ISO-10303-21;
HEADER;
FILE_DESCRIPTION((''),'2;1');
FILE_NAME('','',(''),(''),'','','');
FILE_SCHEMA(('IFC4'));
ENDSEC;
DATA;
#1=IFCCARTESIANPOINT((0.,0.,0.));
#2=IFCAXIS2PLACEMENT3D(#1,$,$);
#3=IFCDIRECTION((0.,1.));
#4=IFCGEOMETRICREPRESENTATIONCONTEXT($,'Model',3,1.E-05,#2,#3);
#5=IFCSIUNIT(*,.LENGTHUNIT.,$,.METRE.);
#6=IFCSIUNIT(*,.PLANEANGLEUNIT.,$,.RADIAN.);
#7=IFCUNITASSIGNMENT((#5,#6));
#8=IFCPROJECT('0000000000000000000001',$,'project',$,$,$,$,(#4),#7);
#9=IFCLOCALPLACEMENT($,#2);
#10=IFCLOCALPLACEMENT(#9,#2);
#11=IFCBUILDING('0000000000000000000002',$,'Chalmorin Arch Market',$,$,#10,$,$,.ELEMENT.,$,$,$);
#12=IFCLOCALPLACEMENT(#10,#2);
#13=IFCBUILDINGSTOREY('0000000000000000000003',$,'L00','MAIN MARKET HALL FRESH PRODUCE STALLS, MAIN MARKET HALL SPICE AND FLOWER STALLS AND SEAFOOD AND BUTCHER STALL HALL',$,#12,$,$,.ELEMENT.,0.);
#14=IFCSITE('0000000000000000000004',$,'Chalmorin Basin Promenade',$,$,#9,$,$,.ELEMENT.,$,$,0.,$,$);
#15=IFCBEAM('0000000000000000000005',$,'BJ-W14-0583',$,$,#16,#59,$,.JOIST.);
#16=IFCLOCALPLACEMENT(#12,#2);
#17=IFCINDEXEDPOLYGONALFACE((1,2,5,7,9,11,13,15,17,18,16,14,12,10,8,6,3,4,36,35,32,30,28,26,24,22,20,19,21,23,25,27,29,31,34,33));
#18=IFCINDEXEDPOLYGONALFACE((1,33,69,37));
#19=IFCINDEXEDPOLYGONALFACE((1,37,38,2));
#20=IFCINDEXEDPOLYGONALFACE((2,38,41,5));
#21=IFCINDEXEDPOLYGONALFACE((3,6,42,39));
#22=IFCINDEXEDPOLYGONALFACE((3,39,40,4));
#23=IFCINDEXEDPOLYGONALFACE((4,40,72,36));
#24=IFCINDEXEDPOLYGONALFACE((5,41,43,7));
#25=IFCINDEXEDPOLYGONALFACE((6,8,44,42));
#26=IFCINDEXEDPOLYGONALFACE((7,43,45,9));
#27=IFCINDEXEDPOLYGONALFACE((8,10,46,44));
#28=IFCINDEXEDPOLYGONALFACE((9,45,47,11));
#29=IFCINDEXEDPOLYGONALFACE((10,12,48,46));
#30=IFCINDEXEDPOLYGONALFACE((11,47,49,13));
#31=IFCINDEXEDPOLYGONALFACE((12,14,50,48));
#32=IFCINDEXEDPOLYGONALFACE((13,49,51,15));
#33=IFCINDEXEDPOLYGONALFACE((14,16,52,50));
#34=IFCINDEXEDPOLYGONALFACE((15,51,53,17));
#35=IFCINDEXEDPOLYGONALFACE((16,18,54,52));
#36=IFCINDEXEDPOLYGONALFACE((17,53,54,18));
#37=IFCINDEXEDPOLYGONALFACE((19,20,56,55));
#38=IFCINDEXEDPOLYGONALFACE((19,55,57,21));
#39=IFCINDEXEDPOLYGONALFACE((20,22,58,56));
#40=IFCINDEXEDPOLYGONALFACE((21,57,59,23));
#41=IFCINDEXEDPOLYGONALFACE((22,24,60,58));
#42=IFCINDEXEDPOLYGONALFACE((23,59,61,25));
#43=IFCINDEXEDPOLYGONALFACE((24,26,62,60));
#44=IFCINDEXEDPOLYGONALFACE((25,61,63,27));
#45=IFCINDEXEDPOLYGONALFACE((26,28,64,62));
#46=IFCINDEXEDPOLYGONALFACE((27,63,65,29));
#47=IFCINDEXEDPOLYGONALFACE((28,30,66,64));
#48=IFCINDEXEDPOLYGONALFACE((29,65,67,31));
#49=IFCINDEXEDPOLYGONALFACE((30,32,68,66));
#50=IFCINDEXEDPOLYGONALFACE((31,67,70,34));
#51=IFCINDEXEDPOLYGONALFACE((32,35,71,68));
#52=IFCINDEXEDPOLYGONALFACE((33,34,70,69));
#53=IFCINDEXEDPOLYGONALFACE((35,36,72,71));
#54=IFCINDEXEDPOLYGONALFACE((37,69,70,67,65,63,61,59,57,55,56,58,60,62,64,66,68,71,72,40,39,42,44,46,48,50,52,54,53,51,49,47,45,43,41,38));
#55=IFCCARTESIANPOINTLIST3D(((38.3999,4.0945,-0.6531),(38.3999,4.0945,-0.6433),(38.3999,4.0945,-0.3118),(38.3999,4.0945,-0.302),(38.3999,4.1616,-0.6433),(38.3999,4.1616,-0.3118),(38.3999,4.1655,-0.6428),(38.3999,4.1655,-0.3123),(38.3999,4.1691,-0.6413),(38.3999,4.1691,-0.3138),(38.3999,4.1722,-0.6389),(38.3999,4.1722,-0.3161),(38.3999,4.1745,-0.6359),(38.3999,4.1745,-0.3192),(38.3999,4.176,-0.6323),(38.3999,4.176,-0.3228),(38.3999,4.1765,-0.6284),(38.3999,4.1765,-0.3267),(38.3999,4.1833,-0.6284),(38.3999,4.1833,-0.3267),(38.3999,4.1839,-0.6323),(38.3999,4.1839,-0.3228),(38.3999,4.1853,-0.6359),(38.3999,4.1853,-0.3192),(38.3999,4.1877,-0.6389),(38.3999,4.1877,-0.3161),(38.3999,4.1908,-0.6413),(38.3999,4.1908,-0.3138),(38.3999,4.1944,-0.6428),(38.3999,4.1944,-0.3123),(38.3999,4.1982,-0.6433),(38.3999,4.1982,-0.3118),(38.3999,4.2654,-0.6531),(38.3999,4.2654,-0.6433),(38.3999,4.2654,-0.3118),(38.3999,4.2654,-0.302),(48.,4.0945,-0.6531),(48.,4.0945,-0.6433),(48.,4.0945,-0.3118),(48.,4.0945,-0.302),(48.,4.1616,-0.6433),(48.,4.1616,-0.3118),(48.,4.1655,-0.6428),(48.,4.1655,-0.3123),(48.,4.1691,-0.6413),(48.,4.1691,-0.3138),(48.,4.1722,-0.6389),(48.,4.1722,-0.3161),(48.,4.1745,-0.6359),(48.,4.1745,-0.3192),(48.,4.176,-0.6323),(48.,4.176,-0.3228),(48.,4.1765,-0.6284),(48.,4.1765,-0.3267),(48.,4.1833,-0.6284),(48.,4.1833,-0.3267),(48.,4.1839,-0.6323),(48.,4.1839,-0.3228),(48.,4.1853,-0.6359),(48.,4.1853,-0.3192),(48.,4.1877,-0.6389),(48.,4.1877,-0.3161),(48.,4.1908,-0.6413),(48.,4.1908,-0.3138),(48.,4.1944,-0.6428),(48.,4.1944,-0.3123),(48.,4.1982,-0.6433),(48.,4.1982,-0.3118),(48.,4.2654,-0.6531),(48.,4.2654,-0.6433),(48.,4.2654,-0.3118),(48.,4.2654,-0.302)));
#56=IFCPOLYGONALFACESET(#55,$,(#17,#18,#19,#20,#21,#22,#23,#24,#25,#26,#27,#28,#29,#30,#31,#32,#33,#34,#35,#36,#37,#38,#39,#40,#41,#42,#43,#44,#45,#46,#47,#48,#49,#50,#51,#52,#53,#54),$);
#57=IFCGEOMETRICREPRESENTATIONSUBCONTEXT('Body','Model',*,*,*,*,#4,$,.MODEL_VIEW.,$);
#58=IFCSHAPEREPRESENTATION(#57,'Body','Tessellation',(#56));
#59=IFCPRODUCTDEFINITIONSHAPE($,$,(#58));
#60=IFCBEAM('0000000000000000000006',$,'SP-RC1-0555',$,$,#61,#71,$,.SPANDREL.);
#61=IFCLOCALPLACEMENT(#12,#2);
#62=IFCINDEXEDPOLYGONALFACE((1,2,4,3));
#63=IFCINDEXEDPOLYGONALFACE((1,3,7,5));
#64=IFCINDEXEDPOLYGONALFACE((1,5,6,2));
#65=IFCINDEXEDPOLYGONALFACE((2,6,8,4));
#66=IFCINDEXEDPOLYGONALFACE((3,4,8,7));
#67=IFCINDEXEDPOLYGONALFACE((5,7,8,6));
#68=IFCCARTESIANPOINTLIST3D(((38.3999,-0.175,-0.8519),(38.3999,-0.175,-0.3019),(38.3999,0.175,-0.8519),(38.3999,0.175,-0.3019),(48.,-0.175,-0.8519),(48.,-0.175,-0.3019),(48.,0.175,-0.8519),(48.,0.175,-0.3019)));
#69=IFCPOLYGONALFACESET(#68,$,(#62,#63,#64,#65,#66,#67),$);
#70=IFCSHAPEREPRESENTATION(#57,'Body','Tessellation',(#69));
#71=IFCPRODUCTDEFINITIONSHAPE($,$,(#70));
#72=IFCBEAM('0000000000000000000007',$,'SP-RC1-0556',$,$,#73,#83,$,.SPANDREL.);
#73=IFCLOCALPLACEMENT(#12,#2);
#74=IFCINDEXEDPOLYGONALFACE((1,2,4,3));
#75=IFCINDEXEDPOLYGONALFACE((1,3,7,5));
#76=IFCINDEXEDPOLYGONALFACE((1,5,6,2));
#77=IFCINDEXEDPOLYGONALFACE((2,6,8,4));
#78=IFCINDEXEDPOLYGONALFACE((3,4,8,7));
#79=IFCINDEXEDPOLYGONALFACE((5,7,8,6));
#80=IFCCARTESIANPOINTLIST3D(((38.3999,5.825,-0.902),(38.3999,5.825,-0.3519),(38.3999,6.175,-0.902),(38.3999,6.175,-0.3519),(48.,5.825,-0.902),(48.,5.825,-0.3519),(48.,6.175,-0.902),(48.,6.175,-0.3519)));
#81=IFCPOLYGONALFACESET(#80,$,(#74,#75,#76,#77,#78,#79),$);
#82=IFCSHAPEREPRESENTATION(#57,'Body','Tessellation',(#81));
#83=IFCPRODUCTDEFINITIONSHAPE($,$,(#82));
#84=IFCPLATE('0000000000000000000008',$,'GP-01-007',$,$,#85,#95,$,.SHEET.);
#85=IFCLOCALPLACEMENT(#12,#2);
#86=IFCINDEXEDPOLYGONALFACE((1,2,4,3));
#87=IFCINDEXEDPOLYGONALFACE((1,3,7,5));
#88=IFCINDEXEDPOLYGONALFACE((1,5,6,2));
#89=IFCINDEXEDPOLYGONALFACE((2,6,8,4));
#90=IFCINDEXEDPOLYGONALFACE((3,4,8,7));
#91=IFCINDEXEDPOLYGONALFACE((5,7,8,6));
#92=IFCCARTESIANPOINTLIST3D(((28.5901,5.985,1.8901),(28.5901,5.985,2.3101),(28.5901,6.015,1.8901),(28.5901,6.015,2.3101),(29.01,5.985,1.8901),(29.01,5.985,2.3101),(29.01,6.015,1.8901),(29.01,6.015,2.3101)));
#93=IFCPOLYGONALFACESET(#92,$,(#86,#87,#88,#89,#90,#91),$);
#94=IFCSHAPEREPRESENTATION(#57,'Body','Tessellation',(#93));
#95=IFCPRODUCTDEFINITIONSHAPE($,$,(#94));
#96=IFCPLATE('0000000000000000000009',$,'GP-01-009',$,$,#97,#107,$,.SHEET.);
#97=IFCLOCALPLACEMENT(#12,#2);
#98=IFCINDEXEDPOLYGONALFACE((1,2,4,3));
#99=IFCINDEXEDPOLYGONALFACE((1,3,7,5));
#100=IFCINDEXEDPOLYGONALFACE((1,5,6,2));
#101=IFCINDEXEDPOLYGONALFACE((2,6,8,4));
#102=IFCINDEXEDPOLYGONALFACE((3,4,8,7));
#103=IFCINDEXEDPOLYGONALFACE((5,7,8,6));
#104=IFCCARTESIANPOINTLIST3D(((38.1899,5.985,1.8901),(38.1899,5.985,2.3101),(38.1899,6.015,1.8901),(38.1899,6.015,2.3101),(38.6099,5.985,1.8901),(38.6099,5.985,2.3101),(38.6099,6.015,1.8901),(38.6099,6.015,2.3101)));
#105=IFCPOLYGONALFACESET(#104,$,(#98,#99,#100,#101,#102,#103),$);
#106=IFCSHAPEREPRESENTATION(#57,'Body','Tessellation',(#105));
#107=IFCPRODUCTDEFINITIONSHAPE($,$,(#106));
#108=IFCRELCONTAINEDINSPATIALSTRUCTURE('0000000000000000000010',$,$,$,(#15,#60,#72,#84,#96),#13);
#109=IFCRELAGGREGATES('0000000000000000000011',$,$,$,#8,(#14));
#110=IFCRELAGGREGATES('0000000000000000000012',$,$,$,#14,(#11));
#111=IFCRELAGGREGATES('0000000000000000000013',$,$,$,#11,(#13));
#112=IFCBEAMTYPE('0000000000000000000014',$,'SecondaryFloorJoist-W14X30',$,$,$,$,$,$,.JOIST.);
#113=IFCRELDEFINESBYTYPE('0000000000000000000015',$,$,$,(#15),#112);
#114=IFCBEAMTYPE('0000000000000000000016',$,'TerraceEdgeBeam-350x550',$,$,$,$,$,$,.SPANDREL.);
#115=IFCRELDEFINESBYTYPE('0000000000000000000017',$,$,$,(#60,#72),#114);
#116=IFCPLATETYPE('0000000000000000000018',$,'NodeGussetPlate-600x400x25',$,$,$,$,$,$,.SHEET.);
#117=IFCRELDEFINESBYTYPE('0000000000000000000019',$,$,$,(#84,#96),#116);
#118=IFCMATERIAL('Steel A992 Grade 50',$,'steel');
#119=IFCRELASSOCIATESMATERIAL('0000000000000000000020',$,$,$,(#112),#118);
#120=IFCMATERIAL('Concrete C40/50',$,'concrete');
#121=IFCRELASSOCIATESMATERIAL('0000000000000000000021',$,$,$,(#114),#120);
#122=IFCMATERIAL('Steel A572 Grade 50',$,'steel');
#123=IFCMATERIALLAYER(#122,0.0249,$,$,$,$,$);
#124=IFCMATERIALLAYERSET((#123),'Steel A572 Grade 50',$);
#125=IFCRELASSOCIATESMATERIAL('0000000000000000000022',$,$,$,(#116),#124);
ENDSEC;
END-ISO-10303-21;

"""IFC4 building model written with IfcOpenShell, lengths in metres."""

from ifc_helpers import new_model, si_unit, direction, frame, origin, origin_2d, place, context, subcontext, project, spatial, rectangle, i_section, extrude, material, layer, layer_set, material_profile, profile_set, type_object, element, save


model = new_model("IFC4")

# Units and contexts
model_context = context("Model", 3, precision=1e-05, world=origin(), true_north=direction((0.0, 1.0)))
body_context = subcontext(model_context, "Body", "Model", "MODEL_VIEW")
ifc_project = project(units=[si_unit("LENGTHUNIT", "METRE"), si_unit("PLANEANGLEUNIT", "RADIAN")], contexts=[model_context])

# Site, building, storey
site_placement = place(None, origin())
site = spatial("IfcSite", under=ifc_project, at=site_placement, Name="Chalmorin Basin Promenade", CompositionType="ELEMENT", RefElevation=0.0)
building_placement = place(site_placement, origin())
building = spatial("IfcBuilding", under=site, at=building_placement, Name="Chalmorin Arch Market", CompositionType="ELEMENT")
storey_placement = place(building_placement, origin())
storey = spatial("IfcBuildingStorey", under=building, at=storey_placement, Name="L00", Description="MAIN MARKET HALL FRESH PRODUCE STALLS, MAIN MARKET HALL SPICE AND FLOWER STALLS AND SEAFOOD AND BUTCHER STALL HALL", CompositionType="ELEMENT", Elevation=0.0)

# Shared definitions
ifc_material_1 = material(Name="Concrete C40/50", Category="concrete")

# Beams
ifc_material_2 = material(Name="Steel A992 Grade 50", Category="steel")
ifc_material_profile_1 = material_profile(ifc_material_2, i_section(OverallWidth=0.1709, OverallDepth=0.3511, WebThickness=0.0068, FlangeThickness=0.0098, FilletRadius=0.0149, at=origin_2d()), Name="W14X30")
ifc_profile_set_1 = profile_set([ifc_material_profile_1], Name="Steel A992 Grade 50")
beam_type_1 = type_object("IfcBeamType", Name="SecondaryFloorJoist-W14X30", PredefinedType="JOIST", material=ifc_profile_set_1)
for number, where, z_axis, x_axis, name in (
    (1, (38.3999, 4.1799, -0.4775), (1.0, 0.0, 0.0), (0.0, 1.0, 0.0), "BJ-W14-0583"),
):
    element("IfcBeam", number, at=place(storey_placement, frame(where, z_axis=z_axis, x_axis=x_axis)), inside=storey, type_object=beam_type_1, Name=name, PredefinedType="JOIST", context=body_context, shape_type="SweptSolid", body=[
        extrude(i_section(OverallWidth=0.1709, OverallDepth=0.3511, WebThickness=0.0068, FlangeThickness=0.0098, FilletRadius=0.0149, at=origin_2d()), origin(), (0.0, 0.0, 1.0), 9.6001),
    ])
ifc_material_profile_2 = material_profile(ifc_material_1, rectangle(XDim=0.3501, YDim=0.55, at=origin_2d()), Name="RC350X550")
ifc_profile_set_2 = profile_set([ifc_material_profile_2], Name="Concrete C40/50")
beam_type_2 = type_object("IfcBeamType", Name="TerraceEdgeBeam-350x550", PredefinedType="SPANDREL", material=ifc_profile_set_2)
for number, where, z_axis, x_axis, name in (
    (2, (38.3999, 0.0, -0.5769), (1.0, 0.0, 0.0), (0.0, 1.0, 0.0), "SP-RC1-0555"),
    (3, (38.3999, 6.0, -0.627), (1.0, 0.0, 0.0), (0.0, 1.0, 0.0), "SP-RC1-0556"),
):
    element("IfcBeam", number, at=place(storey_placement, frame(where, z_axis=z_axis, x_axis=x_axis)), inside=storey, type_object=beam_type_2, Name=name, PredefinedType="SPANDREL", context=body_context, shape_type="SweptSolid", body=[
        extrude(rectangle(XDim=0.3501, YDim=0.55, at=origin_2d()), origin(), (0.0, 0.0, 1.0), 9.6001),
    ])

# Plates
ifc_material_3 = material(Name="Steel A572 Grade 50", Category="steel")
ifc_layer_1 = layer(ifc_material_3, 0.0249)
ifc_layer_set_1 = layer_set([ifc_layer_1], Name="Steel A572 Grade 50")
plate_type = type_object("IfcPlateType", Name="NodeGussetPlate-600x400x25", PredefinedType="SHEET", material=ifc_layer_set_1)
for number, where, z_axis, x_axis, name in (
    (4, (28.8, 6.0, 1.8901), (0.0, 0.0, 1.0), (1.0, 0.0, 0.0), "GP-01-007"),
    (5, (38.3999, 6.0, 1.8901), (0.0, 0.0, 1.0), (1.0, 0.0, 0.0), "GP-01-009"),
):
    element("IfcPlate", number, at=place(storey_placement, frame(where, z_axis=z_axis, x_axis=x_axis)), inside=storey, type_object=plate_type, Name=name, PredefinedType="SHEET", context=body_context, shape_type="SweptSolid", body=[
        extrude(rectangle(XDim=0.4199, YDim=0.03, at=origin_2d()), origin(), (0.0, 0.0, 1.0), 0.4199),
    ])

save(model, "model.ifc")
